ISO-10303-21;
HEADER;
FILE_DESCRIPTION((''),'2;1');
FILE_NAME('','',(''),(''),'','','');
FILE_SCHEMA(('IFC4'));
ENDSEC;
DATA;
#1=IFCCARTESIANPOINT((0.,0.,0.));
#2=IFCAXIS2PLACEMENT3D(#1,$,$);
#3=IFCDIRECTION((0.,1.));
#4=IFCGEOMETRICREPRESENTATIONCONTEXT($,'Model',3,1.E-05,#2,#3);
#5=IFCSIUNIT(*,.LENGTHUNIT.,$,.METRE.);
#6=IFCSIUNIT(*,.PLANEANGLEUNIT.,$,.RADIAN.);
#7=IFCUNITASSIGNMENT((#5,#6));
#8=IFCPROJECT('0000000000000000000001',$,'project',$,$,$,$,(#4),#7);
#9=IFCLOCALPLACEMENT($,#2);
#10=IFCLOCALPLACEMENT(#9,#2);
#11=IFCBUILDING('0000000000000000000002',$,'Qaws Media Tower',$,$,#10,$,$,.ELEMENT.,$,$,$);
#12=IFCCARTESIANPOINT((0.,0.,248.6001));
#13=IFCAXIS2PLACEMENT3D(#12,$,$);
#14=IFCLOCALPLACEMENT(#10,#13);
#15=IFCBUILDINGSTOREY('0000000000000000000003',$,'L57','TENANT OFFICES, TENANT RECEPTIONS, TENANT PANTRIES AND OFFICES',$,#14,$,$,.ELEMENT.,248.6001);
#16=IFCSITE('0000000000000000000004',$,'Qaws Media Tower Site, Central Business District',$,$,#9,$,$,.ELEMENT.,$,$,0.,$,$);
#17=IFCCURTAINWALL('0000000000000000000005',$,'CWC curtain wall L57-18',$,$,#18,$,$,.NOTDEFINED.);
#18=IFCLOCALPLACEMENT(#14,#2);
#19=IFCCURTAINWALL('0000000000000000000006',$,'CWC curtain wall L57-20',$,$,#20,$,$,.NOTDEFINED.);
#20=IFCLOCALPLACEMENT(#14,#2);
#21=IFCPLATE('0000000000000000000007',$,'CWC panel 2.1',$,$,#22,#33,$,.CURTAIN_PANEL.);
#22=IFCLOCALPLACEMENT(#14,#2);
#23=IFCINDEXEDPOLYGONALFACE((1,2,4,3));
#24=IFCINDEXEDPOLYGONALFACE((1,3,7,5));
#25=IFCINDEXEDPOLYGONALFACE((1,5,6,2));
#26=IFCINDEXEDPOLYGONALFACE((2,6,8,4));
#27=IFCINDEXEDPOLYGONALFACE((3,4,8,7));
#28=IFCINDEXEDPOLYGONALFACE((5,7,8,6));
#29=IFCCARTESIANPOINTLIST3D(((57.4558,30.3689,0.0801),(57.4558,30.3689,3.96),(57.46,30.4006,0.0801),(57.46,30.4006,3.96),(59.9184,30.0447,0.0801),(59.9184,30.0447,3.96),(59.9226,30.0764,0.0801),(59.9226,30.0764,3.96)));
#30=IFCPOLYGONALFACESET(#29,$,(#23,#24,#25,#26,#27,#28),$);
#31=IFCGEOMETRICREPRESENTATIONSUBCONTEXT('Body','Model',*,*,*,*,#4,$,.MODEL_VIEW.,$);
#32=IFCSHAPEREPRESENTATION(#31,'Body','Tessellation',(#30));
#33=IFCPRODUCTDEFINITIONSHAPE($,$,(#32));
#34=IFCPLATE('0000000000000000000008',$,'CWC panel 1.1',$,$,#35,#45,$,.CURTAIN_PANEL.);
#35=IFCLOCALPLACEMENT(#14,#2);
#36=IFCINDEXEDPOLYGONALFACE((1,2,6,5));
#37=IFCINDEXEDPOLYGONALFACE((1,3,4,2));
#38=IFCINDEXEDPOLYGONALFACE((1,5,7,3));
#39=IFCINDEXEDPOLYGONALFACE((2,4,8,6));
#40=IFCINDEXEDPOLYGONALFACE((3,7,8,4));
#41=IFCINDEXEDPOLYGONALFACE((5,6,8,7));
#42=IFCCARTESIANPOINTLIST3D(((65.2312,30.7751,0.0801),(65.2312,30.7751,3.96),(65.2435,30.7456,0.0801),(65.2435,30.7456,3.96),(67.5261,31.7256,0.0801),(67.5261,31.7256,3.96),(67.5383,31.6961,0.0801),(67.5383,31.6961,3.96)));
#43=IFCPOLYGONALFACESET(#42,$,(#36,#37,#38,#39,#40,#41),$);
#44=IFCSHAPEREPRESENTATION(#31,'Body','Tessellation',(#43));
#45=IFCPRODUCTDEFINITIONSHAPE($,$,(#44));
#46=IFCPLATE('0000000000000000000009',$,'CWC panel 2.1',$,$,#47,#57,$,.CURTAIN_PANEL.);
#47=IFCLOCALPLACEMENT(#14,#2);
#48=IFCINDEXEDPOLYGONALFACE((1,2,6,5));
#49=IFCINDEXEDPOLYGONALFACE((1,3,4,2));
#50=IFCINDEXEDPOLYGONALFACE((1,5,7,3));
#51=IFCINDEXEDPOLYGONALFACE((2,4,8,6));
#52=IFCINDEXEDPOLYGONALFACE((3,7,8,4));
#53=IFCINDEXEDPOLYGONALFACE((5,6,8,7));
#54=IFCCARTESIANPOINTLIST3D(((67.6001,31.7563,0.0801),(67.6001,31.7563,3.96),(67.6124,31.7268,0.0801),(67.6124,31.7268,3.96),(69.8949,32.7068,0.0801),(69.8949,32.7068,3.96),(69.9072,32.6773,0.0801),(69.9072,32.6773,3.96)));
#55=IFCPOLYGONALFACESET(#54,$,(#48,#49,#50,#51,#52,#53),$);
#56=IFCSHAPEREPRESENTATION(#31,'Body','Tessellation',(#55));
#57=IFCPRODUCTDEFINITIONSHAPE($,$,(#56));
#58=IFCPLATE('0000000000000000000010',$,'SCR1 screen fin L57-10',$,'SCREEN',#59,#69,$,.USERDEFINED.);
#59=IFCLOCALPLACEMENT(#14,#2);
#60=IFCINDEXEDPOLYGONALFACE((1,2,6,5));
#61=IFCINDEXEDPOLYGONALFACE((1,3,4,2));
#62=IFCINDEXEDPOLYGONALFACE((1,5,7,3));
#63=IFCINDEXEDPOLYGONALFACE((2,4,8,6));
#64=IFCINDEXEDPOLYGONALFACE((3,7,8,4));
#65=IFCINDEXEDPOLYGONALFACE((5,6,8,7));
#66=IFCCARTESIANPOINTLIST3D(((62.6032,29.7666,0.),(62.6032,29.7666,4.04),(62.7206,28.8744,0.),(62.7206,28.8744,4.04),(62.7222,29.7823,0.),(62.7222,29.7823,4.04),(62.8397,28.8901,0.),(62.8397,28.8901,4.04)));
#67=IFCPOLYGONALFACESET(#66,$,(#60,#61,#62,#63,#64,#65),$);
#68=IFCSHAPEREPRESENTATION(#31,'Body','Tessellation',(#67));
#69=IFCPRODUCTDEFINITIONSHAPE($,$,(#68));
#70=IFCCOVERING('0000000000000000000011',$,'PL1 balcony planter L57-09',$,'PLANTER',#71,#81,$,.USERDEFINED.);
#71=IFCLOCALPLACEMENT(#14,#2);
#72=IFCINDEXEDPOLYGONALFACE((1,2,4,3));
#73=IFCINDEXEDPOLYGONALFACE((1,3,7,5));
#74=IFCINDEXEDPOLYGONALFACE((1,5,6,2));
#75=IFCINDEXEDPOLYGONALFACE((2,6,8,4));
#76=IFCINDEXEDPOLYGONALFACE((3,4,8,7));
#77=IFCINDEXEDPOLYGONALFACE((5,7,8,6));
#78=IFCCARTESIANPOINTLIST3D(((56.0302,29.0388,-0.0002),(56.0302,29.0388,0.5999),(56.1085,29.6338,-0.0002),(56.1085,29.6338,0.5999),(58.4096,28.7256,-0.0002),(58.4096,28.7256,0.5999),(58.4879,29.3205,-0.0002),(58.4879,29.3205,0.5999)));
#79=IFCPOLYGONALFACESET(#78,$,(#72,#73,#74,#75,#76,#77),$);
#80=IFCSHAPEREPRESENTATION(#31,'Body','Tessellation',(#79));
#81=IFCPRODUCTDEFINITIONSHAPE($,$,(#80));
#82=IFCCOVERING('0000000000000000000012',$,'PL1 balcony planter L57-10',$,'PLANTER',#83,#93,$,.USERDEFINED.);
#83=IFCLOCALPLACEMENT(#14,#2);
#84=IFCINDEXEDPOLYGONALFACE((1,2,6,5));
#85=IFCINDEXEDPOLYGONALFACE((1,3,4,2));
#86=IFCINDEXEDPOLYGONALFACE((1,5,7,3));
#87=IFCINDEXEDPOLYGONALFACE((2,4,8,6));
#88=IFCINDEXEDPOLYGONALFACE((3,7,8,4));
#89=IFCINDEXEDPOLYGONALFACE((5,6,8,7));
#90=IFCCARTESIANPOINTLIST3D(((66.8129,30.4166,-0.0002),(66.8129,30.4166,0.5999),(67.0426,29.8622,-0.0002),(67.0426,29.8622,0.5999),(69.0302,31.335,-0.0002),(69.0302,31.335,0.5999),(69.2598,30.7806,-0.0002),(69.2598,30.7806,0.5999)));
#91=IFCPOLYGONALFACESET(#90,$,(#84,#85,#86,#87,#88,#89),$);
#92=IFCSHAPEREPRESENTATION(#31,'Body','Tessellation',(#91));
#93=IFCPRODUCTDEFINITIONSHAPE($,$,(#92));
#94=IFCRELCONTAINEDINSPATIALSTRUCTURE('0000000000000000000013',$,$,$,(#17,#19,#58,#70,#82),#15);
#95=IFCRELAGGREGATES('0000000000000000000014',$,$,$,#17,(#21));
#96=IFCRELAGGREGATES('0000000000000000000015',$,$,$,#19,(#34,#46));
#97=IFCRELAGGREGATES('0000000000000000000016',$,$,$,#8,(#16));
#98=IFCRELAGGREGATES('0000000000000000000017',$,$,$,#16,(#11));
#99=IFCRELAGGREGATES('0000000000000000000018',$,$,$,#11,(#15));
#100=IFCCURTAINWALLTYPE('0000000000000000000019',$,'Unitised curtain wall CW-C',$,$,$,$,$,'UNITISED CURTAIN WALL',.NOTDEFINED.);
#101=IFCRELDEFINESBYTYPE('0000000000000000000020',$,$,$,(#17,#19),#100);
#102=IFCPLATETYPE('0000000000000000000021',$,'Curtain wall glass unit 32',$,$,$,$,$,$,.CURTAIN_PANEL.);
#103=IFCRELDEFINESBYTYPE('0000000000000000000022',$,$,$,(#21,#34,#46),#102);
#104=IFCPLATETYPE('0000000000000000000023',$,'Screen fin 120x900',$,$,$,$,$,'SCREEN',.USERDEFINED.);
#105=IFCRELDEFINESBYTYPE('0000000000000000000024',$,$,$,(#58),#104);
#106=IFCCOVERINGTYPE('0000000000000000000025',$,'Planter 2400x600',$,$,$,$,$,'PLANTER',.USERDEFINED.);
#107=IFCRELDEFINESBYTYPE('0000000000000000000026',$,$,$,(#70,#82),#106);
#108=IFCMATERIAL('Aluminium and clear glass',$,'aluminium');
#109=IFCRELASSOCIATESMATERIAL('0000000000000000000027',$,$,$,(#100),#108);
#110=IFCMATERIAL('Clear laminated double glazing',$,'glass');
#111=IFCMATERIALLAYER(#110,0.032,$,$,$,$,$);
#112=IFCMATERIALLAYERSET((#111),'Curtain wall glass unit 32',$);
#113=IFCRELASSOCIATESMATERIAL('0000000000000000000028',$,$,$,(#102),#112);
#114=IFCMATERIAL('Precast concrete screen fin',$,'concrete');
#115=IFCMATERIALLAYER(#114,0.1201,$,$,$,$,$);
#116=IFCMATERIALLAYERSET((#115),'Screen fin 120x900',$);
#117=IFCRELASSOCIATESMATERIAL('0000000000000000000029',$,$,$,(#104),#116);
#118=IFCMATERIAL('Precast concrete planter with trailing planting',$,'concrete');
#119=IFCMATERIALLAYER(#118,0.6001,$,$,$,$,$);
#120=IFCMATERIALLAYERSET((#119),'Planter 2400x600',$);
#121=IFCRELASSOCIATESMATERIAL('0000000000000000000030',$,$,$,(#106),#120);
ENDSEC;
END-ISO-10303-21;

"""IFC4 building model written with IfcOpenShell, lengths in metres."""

from ifc_helpers import new_model, si_unit, direction, frame, origin, origin_2d, place, context, subcontext, project, spatial, rectangle, extrude, material, layer, layer_set, type_object, element, aggregate, save


model = new_model("IFC4")

# Units and contexts
model_context = context("Model", 3, precision=1e-05, world=origin(), true_north=direction((0.0, 1.0)))
body_context = subcontext(model_context, "Body", "Model", "MODEL_VIEW")
ifc_project = project(units=[si_unit("LENGTHUNIT", "METRE"), si_unit("PLANEANGLEUNIT", "RADIAN")], contexts=[model_context])

# Site, building, storey
site_placement = place(None, origin())
site = spatial("IfcSite", under=ifc_project, at=site_placement, Name="Qaws Media Tower Site, Central Business District", CompositionType="ELEMENT", RefElevation=0.0)
building_placement = place(site_placement, origin())
building = spatial("IfcBuilding", under=site, at=building_placement, Name="Qaws Media Tower", CompositionType="ELEMENT")
storey_placement = place(building_placement, frame((0.0, 0.0, 248.6001)))
storey = spatial("IfcBuildingStorey", under=building, at=storey_placement, Name="L57", Description="TENANT OFFICES, TENANT RECEPTIONS, TENANT PANTRIES AND OFFICES", CompositionType="ELEMENT", Elevation=248.6001)

# Curtain walls
ifc_material_1 = material(Name="Aluminium and clear glass", Category="aluminium")
curtain_wall_type = type_object("IfcCurtainWallType", Name="Unitised curtain wall CW-C", ElementType="UNITISED CURTAIN WALL", PredefinedType="NOTDEFINED", material=ifc_material_1)
curtain_wall_1_placement = place(storey_placement, origin())
curtain_wall_1 = element("IfcCurtainWall", 1, at=curtain_wall_1_placement, inside=storey, type_object=curtain_wall_type, Name="CWC curtain wall L57-18", PredefinedType="NOTDEFINED")
curtain_wall_2_placement = place(storey_placement, origin())
curtain_wall_2 = element("IfcCurtainWall", 2, at=curtain_wall_2_placement, inside=storey, type_object=curtain_wall_type, Name="CWC curtain wall L57-20", PredefinedType="NOTDEFINED")

# Plates
ifc_material_2 = material(Name="Clear laminated double glazing", Category="glass")
ifc_layer_1 = layer(ifc_material_2, 0.032)
ifc_layer_set_1 = layer_set([ifc_layer_1], Name="Curtain wall glass unit 32")
plate_type_1 = type_object("IfcPlateType", Name="Curtain wall glass unit 32", PredefinedType="CURTAIN_PANEL", material=ifc_layer_set_1)
plate_1_placement = place(storey_placement, frame((58.6892, 30.2227, 0.0801), z_axis=(0.0, 0.0, 1.0), x_axis=(0.991445, -0.130526, 0.0)))
plate_1 = element("IfcPlate", 3, at=plate_1_placement, type_object=plate_type_1, Name="CWC panel 2.1", PredefinedType="CURTAIN_PANEL", context=body_context, shape_type="SweptSolid", body=[
    extrude(rectangle(XDim=2.4839, YDim=0.032, at=origin_2d()), origin(), (0.0, 0.0, 1.0), 3.8799),
])
aggregate(curtain_wall_1, [plate_1])
plate_2_placement = place(storey_placement, frame((66.3848, 31.2356, 0.0801), z_axis=(0.0, 0.0, 1.0), x_axis=(0.92388, 0.382683, 0.0)))
plate_2 = element("IfcPlate", 4, at=plate_2_placement, type_object=plate_type_1, Name="CWC panel 1.1", PredefinedType="CURTAIN_PANEL", context=body_context, shape_type="SweptSolid", body=[
    extrude(rectangle(XDim=2.4839, YDim=0.032, at=origin_2d()), origin(), (0.0, 0.0, 1.0), 3.8799),
])
plate_3_placement = place(storey_placement, frame((68.7537, 32.2168, 0.0801), z_axis=(0.0, 0.0, 1.0), x_axis=(0.92388, 0.382683, 0.0)))
plate_3 = element("IfcPlate", 5, at=plate_3_placement, type_object=plate_type_1, Name="CWC panel 2.1", PredefinedType="CURTAIN_PANEL", context=body_context, shape_type="SweptSolid", body=[
    extrude(rectangle(XDim=2.4839, YDim=0.032, at=origin_2d()), origin(), (0.0, 0.0, 1.0), 3.8799),
])
aggregate(curtain_wall_2, [plate_2, plate_3])
ifc_material_3 = material(Name="Precast concrete screen fin", Category="concrete")
ifc_layer_2 = layer(ifc_material_3, 0.1201)
ifc_layer_set_2 = layer_set([ifc_layer_2], Name="Screen fin 120x900")
plate_type_2 = type_object("IfcPlateType", Name="Screen fin 120x900", ElementType="SCREEN", PredefinedType="USERDEFINED", material=ifc_layer_set_2)
plate_4_placement = place(storey_placement, frame((62.7214, 29.3284, 0.0), z_axis=(0.0, 0.0, 1.0), x_axis=(0.130526, -0.991445, 0.0)))
element("IfcPlate", 6, at=plate_4_placement, inside=storey, type_object=plate_type_2, Name="SCR1 screen fin L57-10", ObjectType="SCREEN", PredefinedType="USERDEFINED", context=body_context, shape_type="SweptSolid", body=[
    extrude(rectangle(XDim=0.8999, YDim=0.1201, at=origin_2d()), origin(), (0.0, 0.0, 1.0), 4.04),
])

# Coverings
ifc_material_4 = material(Name="Precast concrete planter with trailing planting", Category="concrete")
ifc_layer_3 = layer(ifc_material_4, 0.6001)
ifc_layer_set_3 = layer_set([ifc_layer_3], Name="Planter 2400x600")
covering_type = type_object("IfcCoveringType", Name="Planter 2400x600", ElementType="PLANTER", PredefinedType="USERDEFINED", material=ifc_layer_set_3)
for number, where, z_axis, x_axis, name in (
    (7, (57.259, 29.1797, -0.0002), (0.0, 0.0, 1.0), (0.991445, -0.130526, 0.0), "PL1 balcony planter L57-09"),
    (8, (68.0364, 30.5986, -0.0002), (0.0, 0.0, 1.0), (0.92388, 0.382683, 0.0), "PL1 balcony planter L57-10"),
):
    element("IfcCovering", number, at=place(storey_placement, frame(where, z_axis=z_axis, x_axis=x_axis)), inside=storey, type_object=covering_type, Name=name, ObjectType="PLANTER", PredefinedType="USERDEFINED", context=body_context, shape_type="SweptSolid", body=[
        extrude(rectangle(XDim=2.3999, YDim=0.6001, at=origin_2d()), origin(), (0.0, 0.0, 1.0), 0.6001),
    ])

save(model, "model.ifc")
